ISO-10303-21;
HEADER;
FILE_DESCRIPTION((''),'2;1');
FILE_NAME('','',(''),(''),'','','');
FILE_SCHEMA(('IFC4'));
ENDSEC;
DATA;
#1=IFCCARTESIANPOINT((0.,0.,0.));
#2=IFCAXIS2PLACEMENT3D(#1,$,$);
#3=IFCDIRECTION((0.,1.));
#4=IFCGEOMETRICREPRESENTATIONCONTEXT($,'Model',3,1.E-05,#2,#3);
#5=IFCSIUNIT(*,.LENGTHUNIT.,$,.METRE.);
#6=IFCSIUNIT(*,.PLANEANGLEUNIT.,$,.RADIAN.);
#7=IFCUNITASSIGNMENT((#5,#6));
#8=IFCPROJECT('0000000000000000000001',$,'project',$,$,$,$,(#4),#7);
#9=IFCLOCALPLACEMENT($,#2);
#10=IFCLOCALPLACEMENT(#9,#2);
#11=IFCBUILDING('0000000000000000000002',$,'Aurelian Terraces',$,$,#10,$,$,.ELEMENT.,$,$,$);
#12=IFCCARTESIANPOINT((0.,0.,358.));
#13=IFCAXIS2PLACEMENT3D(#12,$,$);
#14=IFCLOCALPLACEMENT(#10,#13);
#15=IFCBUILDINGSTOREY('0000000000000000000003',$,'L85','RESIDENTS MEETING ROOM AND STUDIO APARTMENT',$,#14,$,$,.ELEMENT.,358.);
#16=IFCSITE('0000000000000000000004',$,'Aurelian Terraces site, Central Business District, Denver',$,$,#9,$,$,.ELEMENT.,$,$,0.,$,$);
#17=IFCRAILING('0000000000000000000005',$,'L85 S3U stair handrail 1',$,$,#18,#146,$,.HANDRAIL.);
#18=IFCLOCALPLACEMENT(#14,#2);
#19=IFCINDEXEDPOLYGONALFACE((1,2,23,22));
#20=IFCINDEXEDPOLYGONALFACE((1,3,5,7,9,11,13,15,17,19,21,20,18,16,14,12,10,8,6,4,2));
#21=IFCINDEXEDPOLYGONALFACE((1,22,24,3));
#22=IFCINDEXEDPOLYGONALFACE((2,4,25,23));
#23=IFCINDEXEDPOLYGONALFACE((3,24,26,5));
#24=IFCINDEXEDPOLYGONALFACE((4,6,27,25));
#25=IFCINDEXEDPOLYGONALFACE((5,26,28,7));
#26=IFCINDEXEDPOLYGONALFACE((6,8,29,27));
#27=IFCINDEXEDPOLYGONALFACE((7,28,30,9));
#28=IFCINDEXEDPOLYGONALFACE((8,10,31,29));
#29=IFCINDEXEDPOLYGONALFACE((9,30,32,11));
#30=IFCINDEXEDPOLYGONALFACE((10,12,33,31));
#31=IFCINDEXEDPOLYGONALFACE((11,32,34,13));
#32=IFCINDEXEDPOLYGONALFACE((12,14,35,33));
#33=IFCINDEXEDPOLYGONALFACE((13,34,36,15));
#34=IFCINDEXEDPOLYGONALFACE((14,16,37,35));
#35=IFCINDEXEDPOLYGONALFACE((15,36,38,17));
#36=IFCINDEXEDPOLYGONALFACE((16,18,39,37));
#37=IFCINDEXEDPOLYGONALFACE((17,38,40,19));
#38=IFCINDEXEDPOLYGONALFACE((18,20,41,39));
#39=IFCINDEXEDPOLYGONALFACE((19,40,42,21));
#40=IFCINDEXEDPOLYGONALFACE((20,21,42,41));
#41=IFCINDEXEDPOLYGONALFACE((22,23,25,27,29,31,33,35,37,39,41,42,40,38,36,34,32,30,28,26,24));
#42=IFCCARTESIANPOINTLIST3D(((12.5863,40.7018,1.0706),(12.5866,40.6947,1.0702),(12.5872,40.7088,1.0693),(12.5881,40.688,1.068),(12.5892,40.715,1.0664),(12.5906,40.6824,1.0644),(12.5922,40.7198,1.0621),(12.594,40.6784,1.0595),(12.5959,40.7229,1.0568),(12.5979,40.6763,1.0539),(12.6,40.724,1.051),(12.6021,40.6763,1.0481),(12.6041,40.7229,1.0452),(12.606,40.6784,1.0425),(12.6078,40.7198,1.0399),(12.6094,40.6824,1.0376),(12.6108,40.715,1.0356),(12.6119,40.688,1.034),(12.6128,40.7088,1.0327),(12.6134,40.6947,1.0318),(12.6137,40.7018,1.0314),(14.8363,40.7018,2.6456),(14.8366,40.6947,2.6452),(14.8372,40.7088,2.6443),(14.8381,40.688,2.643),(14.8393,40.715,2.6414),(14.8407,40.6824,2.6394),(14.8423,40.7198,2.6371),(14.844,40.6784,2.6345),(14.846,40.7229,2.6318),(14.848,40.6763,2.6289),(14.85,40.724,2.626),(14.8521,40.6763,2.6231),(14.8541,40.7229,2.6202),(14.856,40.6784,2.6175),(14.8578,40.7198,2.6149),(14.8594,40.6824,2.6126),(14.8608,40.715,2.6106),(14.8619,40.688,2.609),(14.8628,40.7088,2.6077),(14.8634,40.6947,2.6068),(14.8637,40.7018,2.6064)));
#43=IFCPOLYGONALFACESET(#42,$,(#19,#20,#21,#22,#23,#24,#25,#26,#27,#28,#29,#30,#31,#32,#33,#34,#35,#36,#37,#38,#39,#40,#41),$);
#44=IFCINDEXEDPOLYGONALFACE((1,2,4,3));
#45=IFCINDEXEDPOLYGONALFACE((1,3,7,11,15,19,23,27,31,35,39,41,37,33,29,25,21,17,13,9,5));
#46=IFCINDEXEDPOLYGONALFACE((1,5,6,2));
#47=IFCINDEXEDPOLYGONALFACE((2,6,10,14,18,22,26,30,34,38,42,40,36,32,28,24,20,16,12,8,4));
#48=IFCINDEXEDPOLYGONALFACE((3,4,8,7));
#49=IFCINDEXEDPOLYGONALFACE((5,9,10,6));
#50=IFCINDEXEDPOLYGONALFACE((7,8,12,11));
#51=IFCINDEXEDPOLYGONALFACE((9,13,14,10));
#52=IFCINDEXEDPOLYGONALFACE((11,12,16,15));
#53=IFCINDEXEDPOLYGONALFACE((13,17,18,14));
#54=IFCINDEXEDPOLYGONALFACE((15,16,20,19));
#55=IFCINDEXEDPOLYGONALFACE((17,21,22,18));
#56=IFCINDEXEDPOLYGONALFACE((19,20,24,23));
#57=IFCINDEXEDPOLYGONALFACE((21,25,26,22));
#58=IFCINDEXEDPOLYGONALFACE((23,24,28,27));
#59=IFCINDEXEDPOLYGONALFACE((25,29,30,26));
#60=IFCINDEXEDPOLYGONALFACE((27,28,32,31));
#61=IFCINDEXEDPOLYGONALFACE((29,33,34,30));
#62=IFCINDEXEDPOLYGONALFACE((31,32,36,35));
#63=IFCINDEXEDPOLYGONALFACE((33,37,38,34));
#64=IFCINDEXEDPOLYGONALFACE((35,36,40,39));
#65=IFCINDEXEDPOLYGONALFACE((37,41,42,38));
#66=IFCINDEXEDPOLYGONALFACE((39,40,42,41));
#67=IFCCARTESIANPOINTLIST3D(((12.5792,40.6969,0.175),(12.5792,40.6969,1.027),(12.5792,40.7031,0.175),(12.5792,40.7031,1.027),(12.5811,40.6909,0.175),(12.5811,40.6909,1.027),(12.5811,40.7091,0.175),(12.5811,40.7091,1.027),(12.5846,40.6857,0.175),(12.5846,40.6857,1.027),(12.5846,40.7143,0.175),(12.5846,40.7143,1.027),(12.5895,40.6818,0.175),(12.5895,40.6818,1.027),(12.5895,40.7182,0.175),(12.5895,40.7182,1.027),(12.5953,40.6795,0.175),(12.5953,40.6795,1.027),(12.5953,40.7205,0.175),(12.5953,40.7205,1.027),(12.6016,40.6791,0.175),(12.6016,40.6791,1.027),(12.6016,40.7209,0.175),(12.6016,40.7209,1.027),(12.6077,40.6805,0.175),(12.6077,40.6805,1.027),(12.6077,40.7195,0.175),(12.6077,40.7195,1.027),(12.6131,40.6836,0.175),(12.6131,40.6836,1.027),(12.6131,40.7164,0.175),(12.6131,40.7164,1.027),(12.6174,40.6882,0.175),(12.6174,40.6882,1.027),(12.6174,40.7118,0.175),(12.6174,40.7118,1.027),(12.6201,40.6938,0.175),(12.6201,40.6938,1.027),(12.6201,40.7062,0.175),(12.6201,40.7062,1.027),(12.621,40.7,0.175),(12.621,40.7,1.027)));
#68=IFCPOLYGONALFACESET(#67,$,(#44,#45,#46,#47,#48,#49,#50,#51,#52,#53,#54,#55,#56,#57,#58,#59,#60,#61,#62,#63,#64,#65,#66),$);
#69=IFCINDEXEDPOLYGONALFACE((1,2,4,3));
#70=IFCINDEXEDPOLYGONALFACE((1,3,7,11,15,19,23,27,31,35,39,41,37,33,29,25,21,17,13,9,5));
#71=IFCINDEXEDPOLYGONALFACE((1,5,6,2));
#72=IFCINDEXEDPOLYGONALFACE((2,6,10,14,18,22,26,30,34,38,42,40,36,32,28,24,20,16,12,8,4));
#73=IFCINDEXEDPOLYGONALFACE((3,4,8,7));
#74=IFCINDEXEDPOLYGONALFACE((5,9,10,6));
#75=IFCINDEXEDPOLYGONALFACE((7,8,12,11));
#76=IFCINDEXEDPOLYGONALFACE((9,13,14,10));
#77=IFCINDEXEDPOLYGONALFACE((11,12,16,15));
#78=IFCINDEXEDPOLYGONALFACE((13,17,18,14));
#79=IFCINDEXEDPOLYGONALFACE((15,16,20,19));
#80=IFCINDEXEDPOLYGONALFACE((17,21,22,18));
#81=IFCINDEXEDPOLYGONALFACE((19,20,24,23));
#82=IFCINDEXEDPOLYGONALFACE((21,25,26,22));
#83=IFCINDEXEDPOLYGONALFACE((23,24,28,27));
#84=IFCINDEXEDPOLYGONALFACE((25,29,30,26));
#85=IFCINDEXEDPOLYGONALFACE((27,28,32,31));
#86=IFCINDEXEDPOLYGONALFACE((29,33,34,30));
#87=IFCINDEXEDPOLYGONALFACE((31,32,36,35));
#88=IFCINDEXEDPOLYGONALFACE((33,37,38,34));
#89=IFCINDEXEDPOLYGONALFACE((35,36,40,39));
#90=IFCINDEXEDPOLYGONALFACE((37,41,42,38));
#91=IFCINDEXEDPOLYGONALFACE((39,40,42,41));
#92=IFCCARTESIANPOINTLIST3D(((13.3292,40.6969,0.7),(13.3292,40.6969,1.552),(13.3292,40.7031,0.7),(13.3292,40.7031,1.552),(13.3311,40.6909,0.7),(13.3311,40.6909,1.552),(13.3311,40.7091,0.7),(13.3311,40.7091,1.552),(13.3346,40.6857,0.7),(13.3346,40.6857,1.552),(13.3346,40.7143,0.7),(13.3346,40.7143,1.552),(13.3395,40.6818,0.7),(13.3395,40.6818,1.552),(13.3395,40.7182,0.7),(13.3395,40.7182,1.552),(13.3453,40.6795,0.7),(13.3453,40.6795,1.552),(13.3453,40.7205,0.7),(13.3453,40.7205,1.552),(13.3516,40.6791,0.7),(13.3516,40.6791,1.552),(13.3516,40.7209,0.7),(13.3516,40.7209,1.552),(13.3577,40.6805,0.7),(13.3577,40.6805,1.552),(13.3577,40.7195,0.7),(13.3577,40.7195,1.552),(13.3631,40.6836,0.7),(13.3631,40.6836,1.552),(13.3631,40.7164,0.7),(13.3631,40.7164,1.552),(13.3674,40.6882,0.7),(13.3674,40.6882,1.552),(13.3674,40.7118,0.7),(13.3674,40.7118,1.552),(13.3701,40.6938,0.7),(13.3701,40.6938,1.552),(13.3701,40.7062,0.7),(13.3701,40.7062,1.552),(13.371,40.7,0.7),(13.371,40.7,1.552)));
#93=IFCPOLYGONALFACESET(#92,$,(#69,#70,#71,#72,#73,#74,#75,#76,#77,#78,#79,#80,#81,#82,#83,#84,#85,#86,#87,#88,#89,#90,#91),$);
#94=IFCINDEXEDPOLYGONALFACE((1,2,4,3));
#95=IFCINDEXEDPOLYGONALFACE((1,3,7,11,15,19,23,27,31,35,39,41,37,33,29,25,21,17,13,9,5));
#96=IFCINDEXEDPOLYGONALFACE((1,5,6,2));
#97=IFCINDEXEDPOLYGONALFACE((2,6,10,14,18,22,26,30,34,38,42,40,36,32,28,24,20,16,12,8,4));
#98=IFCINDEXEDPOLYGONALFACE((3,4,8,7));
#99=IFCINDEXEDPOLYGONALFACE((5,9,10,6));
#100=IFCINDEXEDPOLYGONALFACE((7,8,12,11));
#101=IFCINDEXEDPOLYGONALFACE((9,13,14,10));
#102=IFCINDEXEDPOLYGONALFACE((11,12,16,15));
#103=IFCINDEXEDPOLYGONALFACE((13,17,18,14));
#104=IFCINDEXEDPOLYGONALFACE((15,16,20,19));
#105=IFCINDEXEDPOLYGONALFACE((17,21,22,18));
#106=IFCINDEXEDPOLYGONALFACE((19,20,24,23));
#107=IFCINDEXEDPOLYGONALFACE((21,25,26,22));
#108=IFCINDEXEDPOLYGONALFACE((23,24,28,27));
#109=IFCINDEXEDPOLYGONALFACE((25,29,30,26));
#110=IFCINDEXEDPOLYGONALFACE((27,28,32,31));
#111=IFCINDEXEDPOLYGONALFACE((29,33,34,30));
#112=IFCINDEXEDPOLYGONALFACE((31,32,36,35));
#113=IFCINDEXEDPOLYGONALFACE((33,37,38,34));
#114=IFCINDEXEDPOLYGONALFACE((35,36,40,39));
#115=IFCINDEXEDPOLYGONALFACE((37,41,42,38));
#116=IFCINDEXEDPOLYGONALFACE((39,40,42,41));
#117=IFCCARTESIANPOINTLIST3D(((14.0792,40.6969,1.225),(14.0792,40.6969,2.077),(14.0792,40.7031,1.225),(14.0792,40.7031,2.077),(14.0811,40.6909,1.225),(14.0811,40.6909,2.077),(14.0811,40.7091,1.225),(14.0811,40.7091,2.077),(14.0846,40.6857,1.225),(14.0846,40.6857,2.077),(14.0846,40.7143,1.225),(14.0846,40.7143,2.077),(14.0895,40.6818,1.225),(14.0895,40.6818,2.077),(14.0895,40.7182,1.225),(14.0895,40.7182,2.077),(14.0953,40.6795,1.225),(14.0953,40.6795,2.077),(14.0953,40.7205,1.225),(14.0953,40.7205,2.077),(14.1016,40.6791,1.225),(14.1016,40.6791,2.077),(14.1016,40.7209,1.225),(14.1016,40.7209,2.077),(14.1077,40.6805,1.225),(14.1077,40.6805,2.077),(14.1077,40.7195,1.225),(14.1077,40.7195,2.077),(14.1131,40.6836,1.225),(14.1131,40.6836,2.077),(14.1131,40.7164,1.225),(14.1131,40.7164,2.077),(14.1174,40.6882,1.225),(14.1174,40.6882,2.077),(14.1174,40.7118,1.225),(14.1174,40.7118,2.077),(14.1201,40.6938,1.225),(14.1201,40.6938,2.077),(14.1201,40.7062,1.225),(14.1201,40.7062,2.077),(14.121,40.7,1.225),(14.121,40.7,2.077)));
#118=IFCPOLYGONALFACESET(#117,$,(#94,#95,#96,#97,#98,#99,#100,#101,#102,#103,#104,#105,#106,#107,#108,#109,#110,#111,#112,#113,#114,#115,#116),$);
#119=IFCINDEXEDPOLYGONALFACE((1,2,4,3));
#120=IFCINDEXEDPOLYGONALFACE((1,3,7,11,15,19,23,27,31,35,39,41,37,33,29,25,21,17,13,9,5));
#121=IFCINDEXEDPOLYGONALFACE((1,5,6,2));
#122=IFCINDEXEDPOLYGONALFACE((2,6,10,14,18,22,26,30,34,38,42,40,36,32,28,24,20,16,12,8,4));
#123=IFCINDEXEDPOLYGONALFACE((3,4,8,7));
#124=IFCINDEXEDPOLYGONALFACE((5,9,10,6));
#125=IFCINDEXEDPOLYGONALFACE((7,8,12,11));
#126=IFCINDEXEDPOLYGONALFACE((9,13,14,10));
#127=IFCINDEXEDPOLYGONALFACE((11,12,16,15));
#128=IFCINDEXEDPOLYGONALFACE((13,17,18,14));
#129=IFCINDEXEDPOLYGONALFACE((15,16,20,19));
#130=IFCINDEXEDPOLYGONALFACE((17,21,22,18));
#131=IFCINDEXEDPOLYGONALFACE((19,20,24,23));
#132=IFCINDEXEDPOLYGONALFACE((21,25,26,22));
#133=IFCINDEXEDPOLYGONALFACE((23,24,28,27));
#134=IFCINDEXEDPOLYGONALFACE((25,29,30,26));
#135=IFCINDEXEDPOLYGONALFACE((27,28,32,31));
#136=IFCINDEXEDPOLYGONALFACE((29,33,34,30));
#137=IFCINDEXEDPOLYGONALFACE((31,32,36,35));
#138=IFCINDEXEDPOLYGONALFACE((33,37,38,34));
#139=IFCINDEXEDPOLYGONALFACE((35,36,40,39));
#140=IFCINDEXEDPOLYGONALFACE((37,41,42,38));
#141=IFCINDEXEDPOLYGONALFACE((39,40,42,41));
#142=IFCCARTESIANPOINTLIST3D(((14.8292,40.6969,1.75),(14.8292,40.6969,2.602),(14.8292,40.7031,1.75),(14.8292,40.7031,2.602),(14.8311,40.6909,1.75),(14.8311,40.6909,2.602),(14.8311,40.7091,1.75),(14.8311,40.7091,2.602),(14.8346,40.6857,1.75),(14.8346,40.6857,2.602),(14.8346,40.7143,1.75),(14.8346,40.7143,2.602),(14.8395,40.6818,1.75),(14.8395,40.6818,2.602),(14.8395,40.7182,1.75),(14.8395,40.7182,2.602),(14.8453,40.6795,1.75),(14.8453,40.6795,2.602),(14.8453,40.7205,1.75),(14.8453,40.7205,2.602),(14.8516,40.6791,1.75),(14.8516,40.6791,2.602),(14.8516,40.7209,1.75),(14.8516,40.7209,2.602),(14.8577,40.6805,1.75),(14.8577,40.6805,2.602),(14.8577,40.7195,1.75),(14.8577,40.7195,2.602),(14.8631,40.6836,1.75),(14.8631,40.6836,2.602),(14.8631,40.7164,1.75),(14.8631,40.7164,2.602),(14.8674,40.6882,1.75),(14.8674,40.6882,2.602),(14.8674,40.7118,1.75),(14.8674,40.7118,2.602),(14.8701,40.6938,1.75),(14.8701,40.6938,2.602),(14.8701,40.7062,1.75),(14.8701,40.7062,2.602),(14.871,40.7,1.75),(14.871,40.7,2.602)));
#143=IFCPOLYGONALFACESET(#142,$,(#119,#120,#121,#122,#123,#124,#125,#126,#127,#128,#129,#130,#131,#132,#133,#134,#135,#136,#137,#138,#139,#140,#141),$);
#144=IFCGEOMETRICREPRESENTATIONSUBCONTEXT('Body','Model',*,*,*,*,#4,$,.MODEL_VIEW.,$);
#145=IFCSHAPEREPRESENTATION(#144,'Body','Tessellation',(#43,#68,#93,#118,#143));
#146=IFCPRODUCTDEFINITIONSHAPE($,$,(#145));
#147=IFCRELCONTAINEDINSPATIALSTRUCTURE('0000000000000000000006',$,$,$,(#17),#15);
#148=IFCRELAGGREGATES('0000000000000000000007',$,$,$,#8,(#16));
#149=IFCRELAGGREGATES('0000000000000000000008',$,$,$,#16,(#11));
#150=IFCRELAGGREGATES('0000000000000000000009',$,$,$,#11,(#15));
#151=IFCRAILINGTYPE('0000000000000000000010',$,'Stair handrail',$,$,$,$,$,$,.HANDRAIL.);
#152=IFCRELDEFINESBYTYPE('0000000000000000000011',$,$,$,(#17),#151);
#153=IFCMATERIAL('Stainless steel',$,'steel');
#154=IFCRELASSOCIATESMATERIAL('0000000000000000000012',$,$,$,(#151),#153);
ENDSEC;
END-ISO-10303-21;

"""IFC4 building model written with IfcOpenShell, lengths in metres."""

from ifc_helpers import new_model, si_unit, direction, frame, origin, origin_2d, place, context, subcontext, project, spatial, circle, extrude, source, transform, mapped, material, type_object, element, save


model = new_model("IFC4")

# Units and contexts
model_context = context("Model", 3, precision=1e-05, world=origin(), true_north=direction((0.0, 1.0)))
body_context = subcontext(model_context, "Body", "Model", "MODEL_VIEW")
ifc_project = project(units=[si_unit("LENGTHUNIT", "METRE"), si_unit("PLANEANGLEUNIT", "RADIAN")], contexts=[model_context])

# Site, building, storey
site_placement = place(None, origin())
site = spatial("IfcSite", under=ifc_project, at=site_placement, Name="Aurelian Terraces site, Central Business District, Denver", CompositionType="ELEMENT", RefElevation=0.0)
building_placement = place(site_placement, origin())
building = spatial("IfcBuilding", under=site, at=building_placement, Name="Aurelian Terraces", CompositionType="ELEMENT")
storey_placement = place(building_placement, frame((0.0, 0.0, 358.0)))
storey = spatial("IfcBuildingStorey", under=building, at=storey_placement, Name="L85", Description="RESIDENTS MEETING ROOM AND STUDIO APARTMENT", CompositionType="ELEMENT", Elevation=358.0)

# Railing
ifc_material_1 = material(Name="Stainless steel", Category="steel")
railing_type_1 = type_object("IfcRailingType", Name="Stair handrail", PredefinedType="HANDRAIL", material=ifc_material_1)
shared_shape_1 = source(origin(), body_context, "Body", "SweptSolid", [
    extrude(circle(Radius=0.024, at=origin_2d()), frame((0.0, 0.0, 0.876), z_axis=(0.819232, 0.0, 0.573462), x_axis=(0.0, 1.0, 0.0)), (0.0, 0.0, 1.0), 2.7465),
    extrude(circle(Radius=0.021, at=origin_2d()), origin(), (0.0, 0.0, 1.0), 0.852),
    extrude(circle(Radius=0.021, at=origin_2d()), frame((0.75, 0.0, 0.525)), (0.0, 0.0, 1.0), 0.852),
    extrude(circle(Radius=0.021, at=origin_2d()), frame((1.5, 0.0, 1.05)), (0.0, 0.0, 1.0), 0.852),
    extrude(circle(Radius=0.021, at=origin_2d()), frame((2.25, 0.0, 1.575)), (0.0, 0.0, 1.0), 0.852),
])
railing_1_placement = place(storey_placement, frame((12.6, 40.7, 0.175)))
element("IfcRailing", 1, at=railing_1_placement, inside=storey, type_object=railing_type_1, Name="L85 S3U stair handrail 1", PredefinedType="HANDRAIL", context=body_context, shape_type="MappedRepresentation", body=[
    mapped(shared_shape_1, transform((0.0, 0.0, 0.0), scale=1.0)),
])

save(model, "model.ifc")
